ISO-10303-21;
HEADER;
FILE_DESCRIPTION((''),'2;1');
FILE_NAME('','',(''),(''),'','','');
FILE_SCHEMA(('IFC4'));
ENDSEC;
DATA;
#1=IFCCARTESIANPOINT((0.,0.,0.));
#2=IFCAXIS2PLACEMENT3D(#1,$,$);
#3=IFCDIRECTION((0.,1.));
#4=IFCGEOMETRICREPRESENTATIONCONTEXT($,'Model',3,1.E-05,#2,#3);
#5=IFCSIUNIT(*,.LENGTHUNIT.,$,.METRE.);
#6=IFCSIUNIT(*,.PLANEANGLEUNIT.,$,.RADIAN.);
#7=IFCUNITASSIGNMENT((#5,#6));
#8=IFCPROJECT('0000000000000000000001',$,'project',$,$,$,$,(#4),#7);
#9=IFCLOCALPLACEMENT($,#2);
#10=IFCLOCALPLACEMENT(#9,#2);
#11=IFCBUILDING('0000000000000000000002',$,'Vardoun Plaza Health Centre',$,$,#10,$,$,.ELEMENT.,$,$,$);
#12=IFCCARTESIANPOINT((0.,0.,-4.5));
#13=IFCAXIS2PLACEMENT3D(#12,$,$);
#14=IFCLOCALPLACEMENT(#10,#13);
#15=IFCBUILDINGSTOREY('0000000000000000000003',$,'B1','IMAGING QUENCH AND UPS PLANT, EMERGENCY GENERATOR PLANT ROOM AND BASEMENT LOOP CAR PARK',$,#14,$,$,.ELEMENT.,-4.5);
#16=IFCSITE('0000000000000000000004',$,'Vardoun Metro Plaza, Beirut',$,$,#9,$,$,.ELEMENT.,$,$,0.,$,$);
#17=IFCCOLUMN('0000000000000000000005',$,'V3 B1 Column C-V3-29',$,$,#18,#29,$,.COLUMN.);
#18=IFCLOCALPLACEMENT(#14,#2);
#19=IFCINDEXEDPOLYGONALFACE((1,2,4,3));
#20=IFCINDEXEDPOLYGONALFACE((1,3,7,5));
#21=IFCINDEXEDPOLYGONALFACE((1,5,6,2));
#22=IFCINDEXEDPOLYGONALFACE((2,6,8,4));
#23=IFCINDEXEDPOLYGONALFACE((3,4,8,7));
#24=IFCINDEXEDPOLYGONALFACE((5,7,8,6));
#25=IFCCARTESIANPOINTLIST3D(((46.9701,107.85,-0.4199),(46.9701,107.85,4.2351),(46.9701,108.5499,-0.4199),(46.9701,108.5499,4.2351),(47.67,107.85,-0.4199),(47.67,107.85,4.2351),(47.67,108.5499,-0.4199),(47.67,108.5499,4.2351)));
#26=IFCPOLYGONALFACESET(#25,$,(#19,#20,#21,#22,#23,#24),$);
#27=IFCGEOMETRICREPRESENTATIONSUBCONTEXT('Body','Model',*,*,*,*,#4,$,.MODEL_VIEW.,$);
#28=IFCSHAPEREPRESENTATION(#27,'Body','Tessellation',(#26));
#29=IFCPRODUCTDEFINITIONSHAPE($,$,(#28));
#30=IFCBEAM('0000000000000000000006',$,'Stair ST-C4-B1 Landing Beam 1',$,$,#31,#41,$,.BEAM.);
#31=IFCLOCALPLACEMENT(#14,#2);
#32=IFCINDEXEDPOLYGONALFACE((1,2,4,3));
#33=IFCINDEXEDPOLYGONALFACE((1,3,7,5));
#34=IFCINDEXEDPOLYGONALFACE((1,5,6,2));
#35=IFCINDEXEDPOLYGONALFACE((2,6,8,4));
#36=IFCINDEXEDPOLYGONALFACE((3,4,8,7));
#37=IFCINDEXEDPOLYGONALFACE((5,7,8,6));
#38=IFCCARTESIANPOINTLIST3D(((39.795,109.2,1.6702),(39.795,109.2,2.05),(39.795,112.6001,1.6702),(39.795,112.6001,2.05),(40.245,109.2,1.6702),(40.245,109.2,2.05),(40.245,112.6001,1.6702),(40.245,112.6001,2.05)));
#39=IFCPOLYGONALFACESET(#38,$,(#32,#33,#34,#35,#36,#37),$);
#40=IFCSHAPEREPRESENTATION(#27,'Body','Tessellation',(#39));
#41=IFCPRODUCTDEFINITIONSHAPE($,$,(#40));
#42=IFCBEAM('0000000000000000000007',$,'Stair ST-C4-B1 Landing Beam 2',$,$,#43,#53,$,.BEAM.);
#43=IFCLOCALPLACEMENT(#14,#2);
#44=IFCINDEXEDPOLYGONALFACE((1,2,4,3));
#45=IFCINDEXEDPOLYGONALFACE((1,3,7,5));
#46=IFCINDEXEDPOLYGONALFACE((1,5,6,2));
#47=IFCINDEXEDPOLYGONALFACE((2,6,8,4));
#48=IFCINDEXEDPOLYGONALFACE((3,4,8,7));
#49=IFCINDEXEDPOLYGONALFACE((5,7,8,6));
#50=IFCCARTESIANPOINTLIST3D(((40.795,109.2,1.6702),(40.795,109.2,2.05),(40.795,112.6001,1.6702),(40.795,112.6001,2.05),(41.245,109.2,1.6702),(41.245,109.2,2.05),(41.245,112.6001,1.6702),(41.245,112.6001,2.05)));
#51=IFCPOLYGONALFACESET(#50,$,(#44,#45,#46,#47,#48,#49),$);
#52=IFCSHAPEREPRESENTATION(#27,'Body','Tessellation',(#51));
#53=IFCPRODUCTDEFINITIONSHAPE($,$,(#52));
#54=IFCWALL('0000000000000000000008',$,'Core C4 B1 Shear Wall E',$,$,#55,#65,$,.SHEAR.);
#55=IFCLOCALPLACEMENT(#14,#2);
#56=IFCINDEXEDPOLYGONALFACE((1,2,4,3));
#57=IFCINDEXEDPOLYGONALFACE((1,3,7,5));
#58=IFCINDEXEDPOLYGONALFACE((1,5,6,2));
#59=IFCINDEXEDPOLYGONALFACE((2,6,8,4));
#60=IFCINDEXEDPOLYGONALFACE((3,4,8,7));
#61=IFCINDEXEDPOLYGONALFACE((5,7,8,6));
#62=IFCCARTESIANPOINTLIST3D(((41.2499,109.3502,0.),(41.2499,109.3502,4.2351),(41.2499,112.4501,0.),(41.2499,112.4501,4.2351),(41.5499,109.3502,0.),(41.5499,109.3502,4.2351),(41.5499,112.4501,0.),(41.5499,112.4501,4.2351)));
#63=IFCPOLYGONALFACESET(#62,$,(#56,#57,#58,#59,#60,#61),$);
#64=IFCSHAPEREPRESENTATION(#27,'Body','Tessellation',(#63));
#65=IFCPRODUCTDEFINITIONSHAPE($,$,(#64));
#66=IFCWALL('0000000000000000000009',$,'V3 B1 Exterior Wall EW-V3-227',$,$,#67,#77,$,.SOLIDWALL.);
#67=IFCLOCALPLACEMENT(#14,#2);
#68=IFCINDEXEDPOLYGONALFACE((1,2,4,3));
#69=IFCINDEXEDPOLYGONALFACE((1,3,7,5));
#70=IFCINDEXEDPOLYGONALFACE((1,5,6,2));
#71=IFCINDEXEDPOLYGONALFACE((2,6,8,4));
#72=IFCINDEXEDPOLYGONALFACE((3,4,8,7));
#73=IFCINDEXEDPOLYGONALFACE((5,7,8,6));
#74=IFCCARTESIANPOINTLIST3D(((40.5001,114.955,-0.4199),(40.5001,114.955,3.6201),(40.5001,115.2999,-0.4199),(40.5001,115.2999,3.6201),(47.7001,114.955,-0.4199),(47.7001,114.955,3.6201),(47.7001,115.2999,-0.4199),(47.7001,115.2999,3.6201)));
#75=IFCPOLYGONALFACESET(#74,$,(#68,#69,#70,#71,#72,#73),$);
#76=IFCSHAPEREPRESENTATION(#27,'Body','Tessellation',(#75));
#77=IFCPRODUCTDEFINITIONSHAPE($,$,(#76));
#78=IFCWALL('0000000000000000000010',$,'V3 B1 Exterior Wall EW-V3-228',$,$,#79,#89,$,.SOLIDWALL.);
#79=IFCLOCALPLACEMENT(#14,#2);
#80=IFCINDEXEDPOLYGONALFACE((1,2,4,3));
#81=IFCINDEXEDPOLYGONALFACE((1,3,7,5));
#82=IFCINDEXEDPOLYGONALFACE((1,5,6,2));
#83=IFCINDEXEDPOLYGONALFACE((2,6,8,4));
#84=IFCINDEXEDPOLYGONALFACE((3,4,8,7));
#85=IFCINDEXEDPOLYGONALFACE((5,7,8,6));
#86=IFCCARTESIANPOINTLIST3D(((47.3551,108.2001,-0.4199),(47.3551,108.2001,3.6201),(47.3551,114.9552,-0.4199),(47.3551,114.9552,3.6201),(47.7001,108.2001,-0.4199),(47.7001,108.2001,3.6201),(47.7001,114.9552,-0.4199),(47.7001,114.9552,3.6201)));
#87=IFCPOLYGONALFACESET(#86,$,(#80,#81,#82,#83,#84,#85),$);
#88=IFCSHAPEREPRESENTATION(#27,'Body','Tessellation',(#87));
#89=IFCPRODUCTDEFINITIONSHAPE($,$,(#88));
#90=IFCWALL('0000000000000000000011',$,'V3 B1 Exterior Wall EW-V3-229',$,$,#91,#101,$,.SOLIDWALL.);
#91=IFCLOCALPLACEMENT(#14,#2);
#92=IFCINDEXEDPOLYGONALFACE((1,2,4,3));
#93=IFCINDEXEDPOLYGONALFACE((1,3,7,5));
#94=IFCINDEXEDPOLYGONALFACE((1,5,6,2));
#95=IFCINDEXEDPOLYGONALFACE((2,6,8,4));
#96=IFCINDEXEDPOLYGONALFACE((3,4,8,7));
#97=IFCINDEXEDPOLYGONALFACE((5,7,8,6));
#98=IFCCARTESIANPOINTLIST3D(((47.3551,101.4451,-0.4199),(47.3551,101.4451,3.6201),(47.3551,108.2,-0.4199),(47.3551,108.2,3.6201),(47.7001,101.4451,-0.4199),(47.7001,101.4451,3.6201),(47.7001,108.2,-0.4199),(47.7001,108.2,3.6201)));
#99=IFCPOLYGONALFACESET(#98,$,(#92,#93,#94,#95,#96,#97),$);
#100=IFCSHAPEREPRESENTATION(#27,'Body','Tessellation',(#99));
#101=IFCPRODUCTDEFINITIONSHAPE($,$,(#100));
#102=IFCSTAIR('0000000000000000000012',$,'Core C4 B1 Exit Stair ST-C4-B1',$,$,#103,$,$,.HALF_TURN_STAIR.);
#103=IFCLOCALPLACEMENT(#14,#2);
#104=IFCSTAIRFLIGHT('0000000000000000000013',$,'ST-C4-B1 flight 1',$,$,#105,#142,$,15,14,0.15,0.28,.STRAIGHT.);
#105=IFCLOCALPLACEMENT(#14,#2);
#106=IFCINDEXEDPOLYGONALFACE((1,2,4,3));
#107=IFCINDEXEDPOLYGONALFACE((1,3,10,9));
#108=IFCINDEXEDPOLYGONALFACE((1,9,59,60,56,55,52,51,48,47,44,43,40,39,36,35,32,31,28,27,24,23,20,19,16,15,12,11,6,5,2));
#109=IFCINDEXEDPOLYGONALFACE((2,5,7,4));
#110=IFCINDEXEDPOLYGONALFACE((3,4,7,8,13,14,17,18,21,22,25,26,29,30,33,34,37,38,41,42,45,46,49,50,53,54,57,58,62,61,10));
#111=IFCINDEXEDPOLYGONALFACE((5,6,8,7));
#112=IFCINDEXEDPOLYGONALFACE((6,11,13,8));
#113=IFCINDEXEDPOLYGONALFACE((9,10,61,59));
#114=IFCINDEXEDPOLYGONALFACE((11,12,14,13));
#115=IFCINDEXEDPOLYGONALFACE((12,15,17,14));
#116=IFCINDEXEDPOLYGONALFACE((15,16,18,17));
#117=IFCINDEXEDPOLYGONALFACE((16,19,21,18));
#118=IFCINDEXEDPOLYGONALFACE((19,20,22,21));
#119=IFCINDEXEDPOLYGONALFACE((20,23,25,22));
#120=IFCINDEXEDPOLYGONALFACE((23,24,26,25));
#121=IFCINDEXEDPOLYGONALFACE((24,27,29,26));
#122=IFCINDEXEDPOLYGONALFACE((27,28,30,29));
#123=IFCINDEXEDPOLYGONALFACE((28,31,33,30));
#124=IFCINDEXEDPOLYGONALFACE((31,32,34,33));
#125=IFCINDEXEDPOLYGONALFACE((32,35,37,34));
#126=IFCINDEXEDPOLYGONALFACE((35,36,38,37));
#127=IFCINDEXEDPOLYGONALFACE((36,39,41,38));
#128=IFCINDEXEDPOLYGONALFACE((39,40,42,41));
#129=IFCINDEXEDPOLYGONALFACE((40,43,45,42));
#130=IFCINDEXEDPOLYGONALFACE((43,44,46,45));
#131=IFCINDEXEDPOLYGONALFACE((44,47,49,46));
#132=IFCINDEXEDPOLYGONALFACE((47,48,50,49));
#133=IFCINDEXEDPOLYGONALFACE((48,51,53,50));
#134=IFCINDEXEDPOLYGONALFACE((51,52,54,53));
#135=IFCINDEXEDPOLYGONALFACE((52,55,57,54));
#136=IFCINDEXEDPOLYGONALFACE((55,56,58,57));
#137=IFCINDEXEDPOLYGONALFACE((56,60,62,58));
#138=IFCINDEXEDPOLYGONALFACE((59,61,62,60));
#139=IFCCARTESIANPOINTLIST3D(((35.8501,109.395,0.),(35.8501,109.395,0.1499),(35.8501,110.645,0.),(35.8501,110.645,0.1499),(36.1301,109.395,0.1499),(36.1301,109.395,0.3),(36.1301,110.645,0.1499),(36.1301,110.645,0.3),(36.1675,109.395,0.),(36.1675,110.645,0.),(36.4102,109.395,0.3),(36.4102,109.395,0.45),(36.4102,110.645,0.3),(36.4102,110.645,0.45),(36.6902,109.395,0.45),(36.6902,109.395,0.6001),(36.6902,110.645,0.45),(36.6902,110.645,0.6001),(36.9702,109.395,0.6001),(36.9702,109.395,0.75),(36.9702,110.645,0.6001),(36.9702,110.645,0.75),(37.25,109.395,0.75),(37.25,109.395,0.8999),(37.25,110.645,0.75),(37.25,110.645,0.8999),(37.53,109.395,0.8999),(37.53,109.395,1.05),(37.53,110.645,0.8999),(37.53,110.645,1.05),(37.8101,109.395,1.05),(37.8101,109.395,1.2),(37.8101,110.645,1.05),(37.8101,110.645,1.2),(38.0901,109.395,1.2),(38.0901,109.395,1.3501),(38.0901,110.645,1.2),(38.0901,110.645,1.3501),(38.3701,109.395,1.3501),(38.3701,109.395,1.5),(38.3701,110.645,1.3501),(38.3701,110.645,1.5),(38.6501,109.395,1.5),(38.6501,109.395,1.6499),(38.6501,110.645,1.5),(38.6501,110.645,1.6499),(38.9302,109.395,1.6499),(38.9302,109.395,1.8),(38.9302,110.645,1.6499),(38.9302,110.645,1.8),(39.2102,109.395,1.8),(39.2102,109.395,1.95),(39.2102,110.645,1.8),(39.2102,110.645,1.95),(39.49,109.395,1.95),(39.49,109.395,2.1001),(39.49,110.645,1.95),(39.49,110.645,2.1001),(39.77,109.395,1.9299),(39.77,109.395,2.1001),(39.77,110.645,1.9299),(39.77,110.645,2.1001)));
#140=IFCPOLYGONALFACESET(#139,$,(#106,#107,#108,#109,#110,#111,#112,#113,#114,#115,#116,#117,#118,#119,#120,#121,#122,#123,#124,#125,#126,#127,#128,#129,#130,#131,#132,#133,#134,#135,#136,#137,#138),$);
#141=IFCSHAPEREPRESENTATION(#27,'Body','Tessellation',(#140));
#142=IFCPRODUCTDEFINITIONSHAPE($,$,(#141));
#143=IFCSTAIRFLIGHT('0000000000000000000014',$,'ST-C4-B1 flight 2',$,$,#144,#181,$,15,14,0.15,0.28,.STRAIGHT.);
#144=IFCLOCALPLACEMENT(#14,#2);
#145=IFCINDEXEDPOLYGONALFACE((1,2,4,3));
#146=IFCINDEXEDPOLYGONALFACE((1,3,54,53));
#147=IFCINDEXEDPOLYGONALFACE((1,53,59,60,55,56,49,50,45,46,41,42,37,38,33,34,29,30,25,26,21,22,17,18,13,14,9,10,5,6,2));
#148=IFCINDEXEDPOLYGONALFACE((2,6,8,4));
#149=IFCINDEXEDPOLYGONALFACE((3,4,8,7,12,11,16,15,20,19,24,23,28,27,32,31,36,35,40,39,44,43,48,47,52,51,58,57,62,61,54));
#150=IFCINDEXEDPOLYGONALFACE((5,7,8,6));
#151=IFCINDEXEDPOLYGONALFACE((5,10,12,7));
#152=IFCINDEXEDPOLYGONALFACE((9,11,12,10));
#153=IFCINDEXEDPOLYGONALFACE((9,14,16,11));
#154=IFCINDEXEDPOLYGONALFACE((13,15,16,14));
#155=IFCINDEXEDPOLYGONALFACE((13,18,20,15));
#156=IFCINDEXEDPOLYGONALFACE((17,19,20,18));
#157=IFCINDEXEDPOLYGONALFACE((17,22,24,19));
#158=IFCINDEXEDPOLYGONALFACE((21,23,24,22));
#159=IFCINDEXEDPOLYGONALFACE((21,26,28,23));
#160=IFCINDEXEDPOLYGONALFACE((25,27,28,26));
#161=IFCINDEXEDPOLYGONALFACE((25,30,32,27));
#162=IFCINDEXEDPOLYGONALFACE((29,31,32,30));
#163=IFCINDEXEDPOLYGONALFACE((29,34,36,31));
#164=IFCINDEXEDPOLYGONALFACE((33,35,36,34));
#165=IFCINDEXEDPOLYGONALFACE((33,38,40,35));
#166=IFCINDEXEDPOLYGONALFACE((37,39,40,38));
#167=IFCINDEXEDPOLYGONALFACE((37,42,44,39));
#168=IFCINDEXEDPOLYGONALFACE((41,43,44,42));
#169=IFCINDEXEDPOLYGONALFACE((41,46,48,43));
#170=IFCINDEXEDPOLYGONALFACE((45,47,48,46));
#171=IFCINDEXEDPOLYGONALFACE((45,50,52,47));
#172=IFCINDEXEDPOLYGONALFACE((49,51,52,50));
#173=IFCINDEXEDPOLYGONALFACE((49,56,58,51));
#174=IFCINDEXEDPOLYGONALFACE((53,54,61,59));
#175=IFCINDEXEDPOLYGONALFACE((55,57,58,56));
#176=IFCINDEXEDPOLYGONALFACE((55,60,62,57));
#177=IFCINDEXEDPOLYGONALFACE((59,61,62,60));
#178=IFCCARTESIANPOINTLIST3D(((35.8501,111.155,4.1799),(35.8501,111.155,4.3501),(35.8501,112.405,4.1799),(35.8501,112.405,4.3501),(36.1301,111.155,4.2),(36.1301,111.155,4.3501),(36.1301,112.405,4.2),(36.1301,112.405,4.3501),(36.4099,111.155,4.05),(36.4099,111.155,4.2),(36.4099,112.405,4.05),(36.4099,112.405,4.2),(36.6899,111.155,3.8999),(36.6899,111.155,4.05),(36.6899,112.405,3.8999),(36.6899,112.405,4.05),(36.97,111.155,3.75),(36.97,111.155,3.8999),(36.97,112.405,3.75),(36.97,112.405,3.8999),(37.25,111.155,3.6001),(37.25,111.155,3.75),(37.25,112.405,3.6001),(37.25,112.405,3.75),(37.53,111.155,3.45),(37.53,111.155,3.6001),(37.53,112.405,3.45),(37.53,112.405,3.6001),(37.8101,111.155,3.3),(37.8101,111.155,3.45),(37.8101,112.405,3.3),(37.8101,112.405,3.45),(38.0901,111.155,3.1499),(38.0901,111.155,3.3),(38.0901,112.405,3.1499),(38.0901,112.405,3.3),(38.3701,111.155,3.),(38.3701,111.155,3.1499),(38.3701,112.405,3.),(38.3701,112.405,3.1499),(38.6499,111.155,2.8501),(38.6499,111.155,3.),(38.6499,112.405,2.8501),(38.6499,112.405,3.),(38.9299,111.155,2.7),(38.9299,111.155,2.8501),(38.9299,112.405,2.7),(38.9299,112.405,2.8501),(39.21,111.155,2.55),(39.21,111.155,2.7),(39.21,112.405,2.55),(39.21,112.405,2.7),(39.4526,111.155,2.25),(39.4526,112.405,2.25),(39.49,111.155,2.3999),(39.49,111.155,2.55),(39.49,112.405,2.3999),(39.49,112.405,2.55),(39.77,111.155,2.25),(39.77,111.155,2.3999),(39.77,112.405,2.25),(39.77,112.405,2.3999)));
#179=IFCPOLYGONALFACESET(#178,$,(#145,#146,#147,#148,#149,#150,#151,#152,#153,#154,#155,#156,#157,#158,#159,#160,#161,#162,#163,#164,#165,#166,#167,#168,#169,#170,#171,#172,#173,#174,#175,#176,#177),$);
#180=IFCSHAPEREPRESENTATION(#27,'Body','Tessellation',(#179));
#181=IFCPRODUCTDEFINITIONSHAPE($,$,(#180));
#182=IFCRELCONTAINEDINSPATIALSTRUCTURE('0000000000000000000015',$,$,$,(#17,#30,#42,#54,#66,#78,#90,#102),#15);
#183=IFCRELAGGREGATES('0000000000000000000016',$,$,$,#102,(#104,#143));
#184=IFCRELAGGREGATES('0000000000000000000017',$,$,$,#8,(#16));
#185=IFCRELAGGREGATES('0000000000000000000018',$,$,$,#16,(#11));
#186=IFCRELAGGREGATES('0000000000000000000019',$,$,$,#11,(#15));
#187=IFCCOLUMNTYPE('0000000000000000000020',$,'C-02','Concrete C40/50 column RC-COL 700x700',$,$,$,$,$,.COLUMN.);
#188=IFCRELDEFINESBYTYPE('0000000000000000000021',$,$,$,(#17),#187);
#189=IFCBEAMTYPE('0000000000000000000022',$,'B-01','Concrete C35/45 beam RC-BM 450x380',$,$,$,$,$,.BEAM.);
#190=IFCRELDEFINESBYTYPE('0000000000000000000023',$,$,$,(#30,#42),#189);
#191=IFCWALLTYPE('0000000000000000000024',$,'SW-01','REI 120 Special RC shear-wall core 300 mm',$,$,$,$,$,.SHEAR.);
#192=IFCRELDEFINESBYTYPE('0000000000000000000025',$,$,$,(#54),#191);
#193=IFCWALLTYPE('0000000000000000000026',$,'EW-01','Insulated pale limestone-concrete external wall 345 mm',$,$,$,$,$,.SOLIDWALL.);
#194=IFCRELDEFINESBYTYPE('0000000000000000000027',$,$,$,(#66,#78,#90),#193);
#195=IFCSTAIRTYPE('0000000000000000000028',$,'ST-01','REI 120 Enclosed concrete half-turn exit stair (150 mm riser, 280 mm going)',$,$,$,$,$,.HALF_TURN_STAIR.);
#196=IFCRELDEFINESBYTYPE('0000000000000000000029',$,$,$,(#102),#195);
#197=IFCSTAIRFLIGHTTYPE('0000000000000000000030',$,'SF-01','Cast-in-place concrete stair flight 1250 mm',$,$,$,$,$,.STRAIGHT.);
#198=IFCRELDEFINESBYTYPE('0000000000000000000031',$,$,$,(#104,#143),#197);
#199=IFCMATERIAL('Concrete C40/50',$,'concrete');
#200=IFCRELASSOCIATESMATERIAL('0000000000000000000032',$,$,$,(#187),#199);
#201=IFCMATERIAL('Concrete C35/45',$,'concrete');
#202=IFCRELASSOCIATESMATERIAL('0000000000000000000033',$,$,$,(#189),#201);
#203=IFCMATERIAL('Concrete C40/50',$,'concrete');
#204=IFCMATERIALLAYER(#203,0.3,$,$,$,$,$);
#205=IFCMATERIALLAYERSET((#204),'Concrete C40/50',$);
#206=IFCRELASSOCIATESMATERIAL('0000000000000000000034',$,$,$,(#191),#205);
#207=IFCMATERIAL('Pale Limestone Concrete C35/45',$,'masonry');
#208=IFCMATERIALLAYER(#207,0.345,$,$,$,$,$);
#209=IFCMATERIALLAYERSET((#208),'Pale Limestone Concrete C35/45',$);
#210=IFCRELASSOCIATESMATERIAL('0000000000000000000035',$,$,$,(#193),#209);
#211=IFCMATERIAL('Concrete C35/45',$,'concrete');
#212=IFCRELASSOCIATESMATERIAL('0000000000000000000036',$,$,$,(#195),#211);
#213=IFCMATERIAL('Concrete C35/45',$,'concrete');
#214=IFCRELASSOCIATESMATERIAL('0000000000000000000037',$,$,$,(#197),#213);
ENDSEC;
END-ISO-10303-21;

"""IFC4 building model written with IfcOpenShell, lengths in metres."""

from ifc_helpers import new_model, si_unit, direction, frame, frame_2d, origin, origin_2d, place, context, subcontext, project, spatial, polyline, rectangle, outline, extrude, material, layer, layer_set, material_profile, profile_set, type_object, element, aggregate, save


model = new_model("IFC4")

# Units and contexts
model_context = context("Model", 3, precision=1e-05, world=origin(), true_north=direction((0.0, 1.0)))
body_context = subcontext(model_context, "Body", "Model", "MODEL_VIEW")
ifc_project = project(units=[si_unit("LENGTHUNIT", "METRE"), si_unit("PLANEANGLEUNIT", "RADIAN")], contexts=[model_context])

# Site, building, storey
site_placement = place(None, origin())
site = spatial("IfcSite", under=ifc_project, at=site_placement, Name="Vardoun Metro Plaza, Beirut", CompositionType="ELEMENT", RefElevation=0.0)
building_placement = place(site_placement, origin())
building = spatial("IfcBuilding", under=site, at=building_placement, Name="Vardoun Plaza Health Centre", CompositionType="ELEMENT")
storey_placement = place(building_placement, frame((0.0, 0.0, -4.5)))
storey = spatial("IfcBuildingStorey", under=building, at=storey_placement, Name="B1", Description="IMAGING QUENCH AND UPS PLANT, EMERGENCY GENERATOR PLANT ROOM AND BASEMENT LOOP CAR PARK", CompositionType="ELEMENT", Elevation=-4.5)

# Column
ifc_material_1 = material(Name="Concrete C40/50", Category="concrete")
ifc_material_profile_1 = material_profile(ifc_material_1, rectangle(XDim=0.7, YDim=0.7, at=origin_2d()), Name="RC-COL 700x700")
ifc_profile_set_1 = profile_set([ifc_material_profile_1], Name="Concrete C40/50")
column_type_1 = type_object("IfcColumnType", Name="C-02", Description="Concrete C40/50 column RC-COL 700x700", PredefinedType="COLUMN", material=ifc_profile_set_1)
column_1_placement = place(storey_placement, frame((47.3201, 108.2, -0.4199), z_axis=(0.0, 0.0, 1.0), x_axis=(1.0, 0.0, 0.0)))
element("IfcColumn", 1, at=column_1_placement, inside=storey, type_object=column_type_1, Name="V3 B1 Column C-V3-29", PredefinedType="COLUMN", context=body_context, shape_type="SweptSolid", body=[
    extrude(rectangle(XDim=0.7, YDim=0.7, at=origin_2d()), origin(), (0.0, 0.0, 1.0), 4.655),
])

# Beams
ifc_material_2 = material(Name="Concrete C35/45", Category="concrete")
ifc_material_profile_2 = material_profile(ifc_material_2, rectangle(XDim=0.45, YDim=0.3799, at=origin_2d()), Name="RC-BM 450x380")
ifc_profile_set_2 = profile_set([ifc_material_profile_2], Name="Concrete C35/45")
beam_type = type_object("IfcBeamType", Name="B-01", Description="Concrete C35/45 beam RC-BM 450x380", PredefinedType="BEAM", material=ifc_profile_set_2)
for number, where, z_axis, x_axis, name in (
    (2, (40.02, 109.2, 1.8601), (0.0, 1.0, 0.0), (-1.0, 0.0, 0.0), "Stair ST-C4-B1 Landing Beam 1"),
    (3, (41.02, 109.2, 1.8601), (0.0, 1.0, 0.0), (-1.0, 0.0, 0.0), "Stair ST-C4-B1 Landing Beam 2"),
):
    element("IfcBeam", number, at=place(storey_placement, frame(where, z_axis=z_axis, x_axis=x_axis)), inside=storey, type_object=beam_type, Name=name, PredefinedType="BEAM", context=body_context, shape_type="SweptSolid", body=[
        extrude(rectangle(XDim=0.45, YDim=0.3799, at=origin_2d()), origin(), (0.0, 0.0, 1.0), 3.4001),
    ])

# Shared definitions
ifc_material_3 = material(Name="Concrete C40/50", Category="concrete")
ifc_layer_1 = layer(ifc_material_3, 0.3)
ifc_layer_set_1 = layer_set([ifc_layer_1], Name="Concrete C40/50")
wall_type_1 = type_object("IfcWallType", Name="SW-01", Description="REI 120 Special RC shear-wall core 300 mm", PredefinedType="SHEAR", material=ifc_layer_set_1)

# Walls
wall_1_placement = place(storey_placement, frame((41.3999, 112.45, 0.0), z_axis=(0.0, 0.0, 1.0), x_axis=(0.0, -1.0, 0.0)))
element("IfcWall", 4, at=wall_1_placement, inside=storey, type_object=wall_type_1, Name="Core C4 B1 Shear Wall E", PredefinedType="SHEAR", context=body_context, shape_type="SweptSolid", body=[
    extrude(rectangle(XDim=3.0999, YDim=0.3, at=frame_2d((1.5498, 0.0))), origin(), (0.0, 0.0, 1.0), 4.2351),
])
ifc_material_4 = material(Name="Pale Limestone Concrete C35/45", Category="masonry")
ifc_layer_2 = layer(ifc_material_4, 0.345)
ifc_layer_set_2 = layer_set([ifc_layer_2], Name="Pale Limestone Concrete C35/45")
wall_type_2 = type_object("IfcWallType", Name="EW-01", Description="Insulated pale limestone-concrete external wall 345 mm", PredefinedType="SOLIDWALL", material=ifc_layer_set_2)
wall_2_placement = place(storey_placement, frame((40.5, 115.1274, -0.4199), z_axis=(0.0, 0.0, 1.0), x_axis=(1.0, 0.0, 0.0)))
element("IfcWall", 5, at=wall_2_placement, inside=storey, type_object=wall_type_2, Name="V3 B1 Exterior Wall EW-V3-227", PredefinedType="SOLIDWALL", context=body_context, shape_type="SweptSolid", body=[
    extrude(rectangle(XDim=7.2, YDim=0.345, at=frame_2d((3.6001, 0.0))), origin(), (0.0, 0.0, 1.0), 4.04),
])
wall_3_placement = place(storey_placement, frame((47.5276, 114.9551, -0.4199), z_axis=(0.0, 0.0, 1.0), x_axis=(0.0, -1.0, 0.0)))
element("IfcWall", 6, at=wall_3_placement, inside=storey, type_object=wall_type_2, Name="V3 B1 Exterior Wall EW-V3-228", PredefinedType="SOLIDWALL", context=body_context, shape_type="SweptSolid", body=[
    extrude(rectangle(XDim=6.7551, YDim=0.345, at=frame_2d((3.3774, 0.0))), origin(), (0.0, 0.0, 1.0), 4.04),
])
wall_4_placement = place(storey_placement, frame((47.5276, 108.2, -0.4199), z_axis=(0.0, 0.0, 1.0), x_axis=(0.0, -1.0, 0.0)))
element("IfcWall", 7, at=wall_4_placement, inside=storey, type_object=wall_type_2, Name="V3 B1 Exterior Wall EW-V3-229", PredefinedType="SOLIDWALL", context=body_context, shape_type="SweptSolid", body=[
    extrude(rectangle(XDim=6.7549, YDim=0.345, at=frame_2d((3.3774, 0.0))), origin(), (0.0, 0.0, 1.0), 4.04),
])

# Stair, stair flights
ifc_material_5 = material(Name="Concrete C35/45", Category="concrete")
stair_type = type_object("IfcStairType", Name="ST-01", Description="REI 120 Enclosed concrete half-turn exit stair (150 mm riser, 280 mm going)", PredefinedType="HALF_TURN_STAIR", material=ifc_material_5)
stair_placement = place(storey_placement, origin())
stair = element("IfcStair", 8, at=stair_placement, inside=storey, type_object=stair_type, Name="Core C4 B1 Exit Stair ST-C4-B1", PredefinedType="HALF_TURN_STAIR")
ifc_material_6 = material(Name="Concrete C35/45", Category="concrete")
stair_flight_type = type_object("IfcStairFlightType", Name="SF-01", Description="Cast-in-place concrete stair flight 1250 mm", PredefinedType="STRAIGHT", material=ifc_material_6)
stair_flight_1_placement = place(storey_placement, frame((35.8501, 110.02, 0.0), z_axis=(0.0, 0.0, 1.0), x_axis=(1.0, 0.0, 0.0)))
stair_flight_1 = element("IfcStairFlight", 9, at=stair_flight_1_placement, type_object=stair_flight_type, Name="ST-C4-B1 flight 1", NumberOfRisers=15, NumberOfTreads=14, PredefinedType="STRAIGHT", RiserHeight=0.15, TreadLength=0.28, context=body_context, shape_type="SweptSolid", body=[
    extrude(outline(polyline([(0.0, 0.0), (0.0, 0.1499), (0.28, 0.1499), (0.28, 0.3), (0.5601, 0.3), (0.5601, 0.45), (0.8401, 0.45), (0.8401, 0.6001), (1.1201, 0.6001), (1.1201, 0.75), (1.3999, 0.75), (1.3999, 0.8999), (1.6799, 0.8999), (1.6799, 1.05), (1.96, 1.05), (1.96, 1.2), (2.24, 1.2), (2.24, 1.3501), (2.52, 1.3501), (2.52, 1.5), (2.8, 1.5), (2.8, 1.6499), (3.0801, 1.6499), (3.0801, 1.8), (3.3601, 1.8), (3.3601, 1.95), (3.6399, 1.95), (3.6399, 2.1001), (3.9199, 2.1001), (3.9199, 2.25), (3.9199, 1.9299), (0.3174, 0.0), (0.0, 0.0)])), frame((0.0, 0.625, 0.0), z_axis=(0.0, -1.0, 0.0), x_axis=(1.0, 0.0, 0.0)), (0.0, 0.0, 1.0), 1.25),
])
stair_flight_2_placement = place(storey_placement, frame((39.77, 111.78, 2.25), z_axis=(0.0, 0.0, 1.0), x_axis=(-1.0, 0.0, 0.0)))
stair_flight_2 = element("IfcStairFlight", 10, at=stair_flight_2_placement, type_object=stair_flight_type, Name="ST-C4-B1 flight 2", NumberOfRisers=15, NumberOfTreads=14, PredefinedType="STRAIGHT", RiserHeight=0.15, TreadLength=0.28, context=body_context, shape_type="SweptSolid", body=[
    extrude(outline(polyline([(0.0, 0.0), (0.0, 0.1499), (0.28, 0.1499), (0.28, 0.3), (0.5601, 0.3), (0.5601, 0.45), (0.8401, 0.45), (0.8401, 0.6001), (1.1201, 0.6001), (1.1201, 0.75), (1.3999, 0.75), (1.3999, 0.8999), (1.6799, 0.8999), (1.6799, 1.05), (1.96, 1.05), (1.96, 1.2), (2.24, 1.2), (2.24, 1.3501), (2.52, 1.3501), (2.52, 1.5), (2.8, 1.5), (2.8, 1.6499), (3.0801, 1.6499), (3.0801, 1.8), (3.3601, 1.8), (3.3601, 1.95), (3.6399, 1.95), (3.6399, 2.1001), (3.9199, 2.1001), (3.9199, 2.25), (3.9199, 1.9299), (0.3174, 0.0), (0.0, 0.0)])), frame((0.0, 0.625, 0.0), z_axis=(0.0, -1.0, 0.0), x_axis=(1.0, 0.0, 0.0)), (0.0, 0.0, 1.0), 1.25),
])
aggregate(stair, [stair_flight_1, stair_flight_2])

save(model, "model.ifc")
